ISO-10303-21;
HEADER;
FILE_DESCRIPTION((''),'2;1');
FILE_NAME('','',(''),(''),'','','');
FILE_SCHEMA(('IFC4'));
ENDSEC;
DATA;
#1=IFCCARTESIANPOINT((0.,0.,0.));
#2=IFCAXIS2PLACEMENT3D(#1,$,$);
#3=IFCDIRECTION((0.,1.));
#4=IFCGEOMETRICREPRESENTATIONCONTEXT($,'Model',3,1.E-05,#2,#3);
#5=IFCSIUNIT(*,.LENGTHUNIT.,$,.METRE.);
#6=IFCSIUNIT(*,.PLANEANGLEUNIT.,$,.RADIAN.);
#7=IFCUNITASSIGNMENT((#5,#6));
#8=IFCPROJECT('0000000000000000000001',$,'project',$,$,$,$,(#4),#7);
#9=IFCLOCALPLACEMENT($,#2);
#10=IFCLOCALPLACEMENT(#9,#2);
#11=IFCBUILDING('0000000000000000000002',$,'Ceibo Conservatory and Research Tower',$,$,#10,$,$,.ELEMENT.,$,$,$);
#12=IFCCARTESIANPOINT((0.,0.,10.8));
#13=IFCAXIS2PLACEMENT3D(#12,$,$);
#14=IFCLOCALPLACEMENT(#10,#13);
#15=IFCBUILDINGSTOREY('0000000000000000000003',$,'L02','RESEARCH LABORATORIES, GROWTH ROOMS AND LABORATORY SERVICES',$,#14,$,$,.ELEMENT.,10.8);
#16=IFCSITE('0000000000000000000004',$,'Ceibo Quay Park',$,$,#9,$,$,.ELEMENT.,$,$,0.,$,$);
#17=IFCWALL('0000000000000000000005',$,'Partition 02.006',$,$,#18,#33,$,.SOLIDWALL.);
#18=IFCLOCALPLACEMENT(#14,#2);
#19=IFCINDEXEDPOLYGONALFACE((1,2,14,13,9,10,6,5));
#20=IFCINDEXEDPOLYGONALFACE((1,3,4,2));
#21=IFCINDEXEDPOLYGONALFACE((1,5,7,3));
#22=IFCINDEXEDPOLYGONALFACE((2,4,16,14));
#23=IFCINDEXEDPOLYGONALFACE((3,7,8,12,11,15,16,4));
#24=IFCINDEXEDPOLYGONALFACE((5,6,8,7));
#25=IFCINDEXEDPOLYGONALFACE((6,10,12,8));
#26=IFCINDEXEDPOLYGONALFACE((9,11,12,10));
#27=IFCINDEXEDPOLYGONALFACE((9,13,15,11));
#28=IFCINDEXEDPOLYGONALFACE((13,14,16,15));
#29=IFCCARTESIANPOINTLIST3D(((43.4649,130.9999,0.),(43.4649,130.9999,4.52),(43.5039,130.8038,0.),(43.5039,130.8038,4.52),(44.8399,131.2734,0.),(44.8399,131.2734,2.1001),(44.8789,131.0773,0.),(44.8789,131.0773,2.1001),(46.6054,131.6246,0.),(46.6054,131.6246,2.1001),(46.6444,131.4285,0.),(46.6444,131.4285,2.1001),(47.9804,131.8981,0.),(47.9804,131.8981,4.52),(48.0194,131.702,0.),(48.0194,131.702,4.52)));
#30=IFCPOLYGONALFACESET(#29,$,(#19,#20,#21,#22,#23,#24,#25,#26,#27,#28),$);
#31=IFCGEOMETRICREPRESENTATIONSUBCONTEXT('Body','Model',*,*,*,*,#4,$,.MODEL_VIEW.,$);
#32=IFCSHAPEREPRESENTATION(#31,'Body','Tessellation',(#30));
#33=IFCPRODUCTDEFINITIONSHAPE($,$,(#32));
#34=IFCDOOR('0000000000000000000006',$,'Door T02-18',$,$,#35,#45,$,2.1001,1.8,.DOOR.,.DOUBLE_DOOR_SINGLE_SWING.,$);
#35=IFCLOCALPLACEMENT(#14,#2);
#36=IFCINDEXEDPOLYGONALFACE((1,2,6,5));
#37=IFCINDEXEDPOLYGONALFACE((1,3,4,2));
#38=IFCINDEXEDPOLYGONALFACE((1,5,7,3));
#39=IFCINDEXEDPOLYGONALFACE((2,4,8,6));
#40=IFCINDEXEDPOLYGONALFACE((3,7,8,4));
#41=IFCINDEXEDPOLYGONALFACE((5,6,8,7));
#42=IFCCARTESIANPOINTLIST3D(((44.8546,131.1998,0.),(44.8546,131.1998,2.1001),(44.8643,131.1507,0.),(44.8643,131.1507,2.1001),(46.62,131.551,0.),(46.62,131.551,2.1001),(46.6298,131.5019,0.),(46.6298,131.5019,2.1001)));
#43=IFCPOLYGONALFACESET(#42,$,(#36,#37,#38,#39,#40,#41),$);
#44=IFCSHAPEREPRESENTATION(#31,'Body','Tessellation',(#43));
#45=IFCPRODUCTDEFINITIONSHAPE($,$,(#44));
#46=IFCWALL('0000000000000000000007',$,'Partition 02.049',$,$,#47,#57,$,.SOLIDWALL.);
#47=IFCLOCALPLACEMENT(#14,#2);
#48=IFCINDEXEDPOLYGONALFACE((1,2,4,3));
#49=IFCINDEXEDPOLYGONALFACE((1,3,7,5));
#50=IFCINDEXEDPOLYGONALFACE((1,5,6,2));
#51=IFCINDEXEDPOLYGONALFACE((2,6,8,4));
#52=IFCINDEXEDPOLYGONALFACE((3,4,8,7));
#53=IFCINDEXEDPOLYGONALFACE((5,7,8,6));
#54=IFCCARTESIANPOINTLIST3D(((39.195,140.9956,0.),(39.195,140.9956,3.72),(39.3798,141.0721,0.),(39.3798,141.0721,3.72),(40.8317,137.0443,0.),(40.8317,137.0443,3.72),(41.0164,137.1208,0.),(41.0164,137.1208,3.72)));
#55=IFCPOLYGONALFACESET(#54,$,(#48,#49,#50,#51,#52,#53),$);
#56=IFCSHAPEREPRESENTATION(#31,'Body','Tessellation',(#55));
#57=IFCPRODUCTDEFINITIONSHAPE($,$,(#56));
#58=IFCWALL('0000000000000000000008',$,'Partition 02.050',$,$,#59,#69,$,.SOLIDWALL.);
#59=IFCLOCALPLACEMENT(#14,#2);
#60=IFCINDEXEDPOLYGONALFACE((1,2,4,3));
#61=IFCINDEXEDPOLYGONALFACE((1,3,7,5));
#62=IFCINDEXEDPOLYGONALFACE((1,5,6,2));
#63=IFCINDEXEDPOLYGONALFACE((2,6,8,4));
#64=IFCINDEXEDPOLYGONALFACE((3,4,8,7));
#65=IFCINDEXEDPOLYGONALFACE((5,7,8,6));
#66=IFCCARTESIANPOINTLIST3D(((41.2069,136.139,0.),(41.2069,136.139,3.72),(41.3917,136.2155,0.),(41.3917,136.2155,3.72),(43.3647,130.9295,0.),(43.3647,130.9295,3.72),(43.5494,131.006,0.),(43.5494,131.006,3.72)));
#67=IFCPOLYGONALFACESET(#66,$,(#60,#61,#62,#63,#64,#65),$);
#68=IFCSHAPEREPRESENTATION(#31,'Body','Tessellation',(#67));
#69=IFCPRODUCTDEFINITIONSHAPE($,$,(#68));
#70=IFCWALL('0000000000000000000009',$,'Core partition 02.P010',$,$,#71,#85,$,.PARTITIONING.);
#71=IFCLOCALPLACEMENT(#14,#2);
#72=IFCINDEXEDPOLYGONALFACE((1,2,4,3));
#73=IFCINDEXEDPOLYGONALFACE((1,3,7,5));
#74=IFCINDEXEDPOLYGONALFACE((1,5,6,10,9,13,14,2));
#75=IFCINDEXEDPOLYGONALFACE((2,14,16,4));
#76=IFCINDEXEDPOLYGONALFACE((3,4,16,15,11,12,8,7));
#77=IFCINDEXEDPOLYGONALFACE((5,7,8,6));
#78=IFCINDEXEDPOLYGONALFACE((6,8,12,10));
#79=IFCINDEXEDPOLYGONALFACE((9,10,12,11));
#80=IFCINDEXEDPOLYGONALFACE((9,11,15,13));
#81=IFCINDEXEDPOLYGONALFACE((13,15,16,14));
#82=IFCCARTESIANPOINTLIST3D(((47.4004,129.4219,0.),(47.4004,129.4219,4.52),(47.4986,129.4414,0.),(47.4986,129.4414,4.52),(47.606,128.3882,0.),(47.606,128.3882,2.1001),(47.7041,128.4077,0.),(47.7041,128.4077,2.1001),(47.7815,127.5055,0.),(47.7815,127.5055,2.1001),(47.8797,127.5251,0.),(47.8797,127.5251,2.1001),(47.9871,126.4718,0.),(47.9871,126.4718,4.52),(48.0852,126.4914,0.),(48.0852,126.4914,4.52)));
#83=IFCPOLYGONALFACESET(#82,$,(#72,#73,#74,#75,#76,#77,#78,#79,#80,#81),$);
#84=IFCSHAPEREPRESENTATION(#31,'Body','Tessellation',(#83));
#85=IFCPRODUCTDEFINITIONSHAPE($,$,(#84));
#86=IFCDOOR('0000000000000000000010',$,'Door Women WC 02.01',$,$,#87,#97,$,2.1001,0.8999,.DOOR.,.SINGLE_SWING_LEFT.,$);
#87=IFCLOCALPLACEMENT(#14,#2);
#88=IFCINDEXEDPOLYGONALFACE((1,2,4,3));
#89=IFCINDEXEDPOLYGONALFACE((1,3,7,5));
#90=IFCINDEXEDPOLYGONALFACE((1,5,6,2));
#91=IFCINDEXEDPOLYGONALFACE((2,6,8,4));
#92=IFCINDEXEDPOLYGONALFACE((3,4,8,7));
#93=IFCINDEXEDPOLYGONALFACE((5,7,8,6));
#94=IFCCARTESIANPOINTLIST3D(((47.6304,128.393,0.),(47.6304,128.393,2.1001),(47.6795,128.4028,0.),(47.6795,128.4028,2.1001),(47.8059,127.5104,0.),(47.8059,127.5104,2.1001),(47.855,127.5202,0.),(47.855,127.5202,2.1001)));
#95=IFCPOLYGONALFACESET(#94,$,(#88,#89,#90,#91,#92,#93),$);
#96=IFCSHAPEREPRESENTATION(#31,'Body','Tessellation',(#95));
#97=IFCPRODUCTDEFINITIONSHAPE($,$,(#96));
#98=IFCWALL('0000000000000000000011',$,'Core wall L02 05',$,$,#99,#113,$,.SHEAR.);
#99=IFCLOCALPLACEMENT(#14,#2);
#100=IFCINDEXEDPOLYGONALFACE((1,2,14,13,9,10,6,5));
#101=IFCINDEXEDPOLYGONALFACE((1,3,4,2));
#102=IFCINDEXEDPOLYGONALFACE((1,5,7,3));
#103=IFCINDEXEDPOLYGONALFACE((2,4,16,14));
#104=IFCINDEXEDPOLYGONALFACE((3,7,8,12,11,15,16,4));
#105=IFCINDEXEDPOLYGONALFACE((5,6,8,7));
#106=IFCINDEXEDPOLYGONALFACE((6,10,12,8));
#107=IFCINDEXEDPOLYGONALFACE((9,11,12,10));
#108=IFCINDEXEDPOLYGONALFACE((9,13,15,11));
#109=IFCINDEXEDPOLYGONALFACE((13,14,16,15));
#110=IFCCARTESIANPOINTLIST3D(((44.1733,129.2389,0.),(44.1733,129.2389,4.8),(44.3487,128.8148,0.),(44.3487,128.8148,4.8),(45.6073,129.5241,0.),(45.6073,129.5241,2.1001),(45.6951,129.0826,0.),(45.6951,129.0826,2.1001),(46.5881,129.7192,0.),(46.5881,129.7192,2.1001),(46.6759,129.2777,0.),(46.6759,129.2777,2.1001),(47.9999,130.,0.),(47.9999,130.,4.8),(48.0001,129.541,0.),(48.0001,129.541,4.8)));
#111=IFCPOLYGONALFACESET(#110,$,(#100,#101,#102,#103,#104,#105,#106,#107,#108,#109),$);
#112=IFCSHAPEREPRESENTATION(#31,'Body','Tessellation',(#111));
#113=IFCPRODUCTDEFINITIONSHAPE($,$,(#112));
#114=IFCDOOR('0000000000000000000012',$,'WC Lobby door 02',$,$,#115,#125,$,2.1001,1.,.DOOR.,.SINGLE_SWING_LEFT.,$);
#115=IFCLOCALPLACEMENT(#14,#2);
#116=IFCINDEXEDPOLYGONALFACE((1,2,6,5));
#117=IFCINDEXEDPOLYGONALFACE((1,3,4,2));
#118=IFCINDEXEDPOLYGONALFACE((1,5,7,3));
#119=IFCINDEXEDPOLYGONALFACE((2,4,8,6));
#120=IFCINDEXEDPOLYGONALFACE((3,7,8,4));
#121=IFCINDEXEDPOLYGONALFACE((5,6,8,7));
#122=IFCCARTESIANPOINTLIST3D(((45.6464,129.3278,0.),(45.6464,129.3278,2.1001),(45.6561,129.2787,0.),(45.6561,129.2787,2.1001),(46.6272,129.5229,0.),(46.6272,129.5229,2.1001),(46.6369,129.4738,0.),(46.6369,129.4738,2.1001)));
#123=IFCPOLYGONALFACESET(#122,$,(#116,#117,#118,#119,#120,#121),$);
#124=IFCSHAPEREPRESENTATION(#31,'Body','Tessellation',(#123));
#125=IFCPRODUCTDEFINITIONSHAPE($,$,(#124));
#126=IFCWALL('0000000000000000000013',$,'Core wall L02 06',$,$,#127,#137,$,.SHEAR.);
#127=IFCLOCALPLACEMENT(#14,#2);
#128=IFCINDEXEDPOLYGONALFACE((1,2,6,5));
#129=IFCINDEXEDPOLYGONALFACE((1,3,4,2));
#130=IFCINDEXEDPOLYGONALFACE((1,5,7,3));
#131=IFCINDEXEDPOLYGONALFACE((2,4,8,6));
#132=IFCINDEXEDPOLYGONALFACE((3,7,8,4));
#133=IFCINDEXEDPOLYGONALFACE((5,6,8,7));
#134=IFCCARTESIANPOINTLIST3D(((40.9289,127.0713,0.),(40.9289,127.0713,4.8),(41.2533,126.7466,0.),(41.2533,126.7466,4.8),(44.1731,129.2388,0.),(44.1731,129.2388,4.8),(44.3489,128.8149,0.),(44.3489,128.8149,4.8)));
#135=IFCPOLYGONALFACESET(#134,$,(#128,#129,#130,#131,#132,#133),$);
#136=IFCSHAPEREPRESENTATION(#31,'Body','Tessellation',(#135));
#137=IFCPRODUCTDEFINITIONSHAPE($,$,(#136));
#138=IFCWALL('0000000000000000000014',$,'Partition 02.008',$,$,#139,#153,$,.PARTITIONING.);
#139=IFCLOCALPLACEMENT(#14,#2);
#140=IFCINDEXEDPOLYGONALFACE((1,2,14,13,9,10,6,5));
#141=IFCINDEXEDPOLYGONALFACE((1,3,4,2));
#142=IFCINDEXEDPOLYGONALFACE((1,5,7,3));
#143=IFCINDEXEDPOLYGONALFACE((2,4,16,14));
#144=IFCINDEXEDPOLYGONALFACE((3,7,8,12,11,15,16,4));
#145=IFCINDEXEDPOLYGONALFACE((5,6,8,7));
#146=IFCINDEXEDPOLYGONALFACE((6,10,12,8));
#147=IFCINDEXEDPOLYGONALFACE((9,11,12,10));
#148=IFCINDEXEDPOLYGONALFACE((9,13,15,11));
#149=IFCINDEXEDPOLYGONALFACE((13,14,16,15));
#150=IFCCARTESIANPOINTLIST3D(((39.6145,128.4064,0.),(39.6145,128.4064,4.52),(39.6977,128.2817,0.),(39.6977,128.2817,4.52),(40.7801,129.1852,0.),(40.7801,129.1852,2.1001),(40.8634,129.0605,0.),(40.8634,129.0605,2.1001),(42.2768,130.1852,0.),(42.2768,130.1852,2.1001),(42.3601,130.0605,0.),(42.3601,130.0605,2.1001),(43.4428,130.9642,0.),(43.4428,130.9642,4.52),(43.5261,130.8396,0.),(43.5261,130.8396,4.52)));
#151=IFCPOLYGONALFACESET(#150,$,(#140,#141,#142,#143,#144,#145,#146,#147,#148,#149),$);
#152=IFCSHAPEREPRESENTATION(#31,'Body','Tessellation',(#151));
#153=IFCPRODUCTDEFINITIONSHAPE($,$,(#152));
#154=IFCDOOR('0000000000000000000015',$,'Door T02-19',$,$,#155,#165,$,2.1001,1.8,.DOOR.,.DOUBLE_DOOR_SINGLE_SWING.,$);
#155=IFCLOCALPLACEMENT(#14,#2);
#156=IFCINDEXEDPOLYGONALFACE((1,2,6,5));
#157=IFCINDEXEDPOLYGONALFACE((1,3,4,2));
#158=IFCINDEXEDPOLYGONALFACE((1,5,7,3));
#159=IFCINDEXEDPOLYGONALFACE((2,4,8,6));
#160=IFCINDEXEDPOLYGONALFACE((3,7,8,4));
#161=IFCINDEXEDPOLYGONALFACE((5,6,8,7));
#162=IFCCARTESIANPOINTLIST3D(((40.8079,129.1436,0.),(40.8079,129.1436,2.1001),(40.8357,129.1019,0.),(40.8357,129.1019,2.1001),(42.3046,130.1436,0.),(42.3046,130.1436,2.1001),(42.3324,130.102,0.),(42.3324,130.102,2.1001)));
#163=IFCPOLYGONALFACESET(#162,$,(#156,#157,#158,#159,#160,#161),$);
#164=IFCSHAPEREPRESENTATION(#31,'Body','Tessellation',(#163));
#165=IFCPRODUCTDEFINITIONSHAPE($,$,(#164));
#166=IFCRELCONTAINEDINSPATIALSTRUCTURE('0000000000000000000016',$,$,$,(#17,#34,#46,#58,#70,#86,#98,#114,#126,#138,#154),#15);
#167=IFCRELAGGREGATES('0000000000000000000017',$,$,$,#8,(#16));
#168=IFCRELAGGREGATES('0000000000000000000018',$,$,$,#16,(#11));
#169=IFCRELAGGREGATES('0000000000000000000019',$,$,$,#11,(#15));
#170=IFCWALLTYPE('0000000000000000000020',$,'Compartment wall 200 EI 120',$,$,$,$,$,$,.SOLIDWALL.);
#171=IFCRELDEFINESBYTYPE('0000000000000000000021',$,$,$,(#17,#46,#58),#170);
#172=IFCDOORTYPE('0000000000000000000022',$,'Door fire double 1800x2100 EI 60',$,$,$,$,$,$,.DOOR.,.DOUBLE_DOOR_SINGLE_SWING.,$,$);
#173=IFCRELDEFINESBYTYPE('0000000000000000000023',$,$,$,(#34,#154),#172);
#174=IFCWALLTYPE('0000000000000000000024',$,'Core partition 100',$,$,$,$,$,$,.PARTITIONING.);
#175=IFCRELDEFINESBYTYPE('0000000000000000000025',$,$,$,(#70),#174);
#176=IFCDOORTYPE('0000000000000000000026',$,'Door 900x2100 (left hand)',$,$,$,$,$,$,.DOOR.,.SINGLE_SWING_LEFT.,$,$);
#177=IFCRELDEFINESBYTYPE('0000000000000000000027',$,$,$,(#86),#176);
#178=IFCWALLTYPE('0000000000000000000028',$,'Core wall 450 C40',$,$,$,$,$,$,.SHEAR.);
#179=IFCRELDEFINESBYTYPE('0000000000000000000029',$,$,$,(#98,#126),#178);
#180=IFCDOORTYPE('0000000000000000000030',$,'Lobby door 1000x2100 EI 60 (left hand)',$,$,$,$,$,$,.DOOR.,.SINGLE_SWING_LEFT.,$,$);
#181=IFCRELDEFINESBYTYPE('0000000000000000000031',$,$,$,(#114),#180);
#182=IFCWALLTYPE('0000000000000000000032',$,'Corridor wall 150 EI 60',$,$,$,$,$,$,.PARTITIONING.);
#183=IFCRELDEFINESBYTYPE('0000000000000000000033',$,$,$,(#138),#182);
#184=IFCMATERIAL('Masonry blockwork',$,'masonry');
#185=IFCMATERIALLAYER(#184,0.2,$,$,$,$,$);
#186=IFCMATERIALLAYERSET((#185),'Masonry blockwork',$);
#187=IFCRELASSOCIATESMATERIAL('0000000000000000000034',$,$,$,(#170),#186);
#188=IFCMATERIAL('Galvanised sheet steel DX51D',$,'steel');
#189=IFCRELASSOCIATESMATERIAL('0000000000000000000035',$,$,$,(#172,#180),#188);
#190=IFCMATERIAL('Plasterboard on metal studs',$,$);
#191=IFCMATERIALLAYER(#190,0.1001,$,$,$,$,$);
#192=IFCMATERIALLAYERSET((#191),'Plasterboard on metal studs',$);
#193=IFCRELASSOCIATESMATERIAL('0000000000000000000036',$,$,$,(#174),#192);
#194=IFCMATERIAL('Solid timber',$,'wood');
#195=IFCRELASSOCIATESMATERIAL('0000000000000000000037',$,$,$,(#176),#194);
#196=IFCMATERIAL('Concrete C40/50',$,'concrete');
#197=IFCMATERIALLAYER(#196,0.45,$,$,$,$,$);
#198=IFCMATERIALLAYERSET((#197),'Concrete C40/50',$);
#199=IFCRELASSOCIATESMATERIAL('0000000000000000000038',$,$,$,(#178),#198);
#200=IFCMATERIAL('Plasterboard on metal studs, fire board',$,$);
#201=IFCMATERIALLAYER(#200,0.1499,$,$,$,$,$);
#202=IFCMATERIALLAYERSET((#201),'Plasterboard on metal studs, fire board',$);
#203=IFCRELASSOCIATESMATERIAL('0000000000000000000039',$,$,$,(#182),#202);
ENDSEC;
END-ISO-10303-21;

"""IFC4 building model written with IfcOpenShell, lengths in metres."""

from ifc_helpers import new_model, si_unit, direction, frame, frame_2d, origin, place, context, subcontext, project, spatial, polyline, rectangle, outline, extrude, material, layer, layer_set, type_object, element, fill, save


model = new_model("IFC4")

# Units and contexts
model_context = context("Model", 3, precision=1e-05, world=origin(), true_north=direction((0.0, 1.0)))
body_context = subcontext(model_context, "Body", "Model", "MODEL_VIEW")
ifc_project = project(units=[si_unit("LENGTHUNIT", "METRE"), si_unit("PLANEANGLEUNIT", "RADIAN")], contexts=[model_context])

# Site, building, storey
site_placement = place(None, origin())
site = spatial("IfcSite", under=ifc_project, at=site_placement, Name="Ceibo Quay Park", CompositionType="ELEMENT", RefElevation=0.0)
building_placement = place(site_placement, origin())
building = spatial("IfcBuilding", under=site, at=building_placement, Name="Ceibo Conservatory and Research Tower", CompositionType="ELEMENT")
storey_placement = place(building_placement, frame((0.0, 0.0, 10.8)))
storey = spatial("IfcBuildingStorey", under=building, at=storey_placement, Name="L02", Description="RESEARCH LABORATORIES, GROWTH ROOMS AND LABORATORY SERVICES", CompositionType="ELEMENT", Elevation=10.8)

# Shared definitions
ifc_material_1 = material(Name="Concrete C40/50", Category="concrete")

# Wall, opening, door
ifc_material_2 = material(Name="Masonry blockwork", Category="masonry")
ifc_layer_1 = layer(ifc_material_2, 0.2)
ifc_layer_set_1 = layer_set([ifc_layer_1], Name="Masonry blockwork")
wall_type_1 = type_object("IfcWallType", Name="Compartment wall 200 EI 120", PredefinedType="SOLIDWALL", material=ifc_layer_set_1)
wall_1_placement = place(storey_placement, frame((43.4844, 130.9019, 0.0), z_axis=(0.0, 0.0, 1.0), x_axis=(0.980786, 0.195086, 0.0)))
wall_1 = element("IfcWall", 1, at=wall_1_placement, inside=storey, type_object=wall_type_1, Name="Partition 02.006", PredefinedType="SOLIDWALL", context=body_context, shape_type="SweptSolid", body=[
    extrude(rectangle(XDim=4.604, YDim=0.2, at=frame_2d((2.302, 0.0))), origin(), (0.0, 0.0, 1.0), 4.52),
])
opening_1_placement = place(wall_1_placement, frame((1.4021, 0.0, 0.0)))
opening_1 = element("IfcOpeningElement", 2, at=opening_1_placement, cuts=wall_1, PredefinedType="OPENING", context=body_context, shape_type="SweptSolid", body=[
    extrude(rectangle(XDim=1.8, YDim=2.1001, at=frame_2d((0.8999, 1.05))), frame((0.0, 0.1099, 0.0), z_axis=(0.0, -1.0, 0.0), x_axis=(1.0, 0.0, 0.0)), (0.0, 0.0, 1.0), 0.22),
])
ifc_material_3 = material(Name="Galvanised sheet steel DX51D", Category="steel")
door_type_1 = type_object("IfcDoorType", Name="Door fire double 1800x2100 EI 60", OperationType="DOUBLE_DOOR_SINGLE_SWING", PredefinedType="DOOR", material=ifc_material_3)
door_1_placement = place(opening_1_placement, origin())
door_1 = element("IfcDoor", 3, at=door_1_placement, inside=storey, type_object=door_type_1, Name="Door T02-18", OperationType="DOUBLE_DOOR_SINGLE_SWING", OverallHeight=2.1001, OverallWidth=1.8, PredefinedType="DOOR", context=body_context, shape_type="SweptSolid", body=[
    extrude(rectangle(XDim=1.8, YDim=2.1001, at=frame_2d((0.8999, 1.05))), frame((0.0, 0.0249, 0.0), z_axis=(0.0, -1.0, 0.0), x_axis=(1.0, 0.0, 0.0)), (0.0, 0.0, 1.0), 0.05),
])
fill(opening_1, door_1)

# Walls
wall_2_placement = place(storey_placement, frame((40.9241, 137.0825, 0.0), z_axis=(0.0, 0.0, 1.0), x_axis=(-0.382681, 0.92388, 0.0)))
element("IfcWall", 4, at=wall_2_placement, inside=storey, type_object=wall_type_1, Name="Partition 02.049", PredefinedType="SOLIDWALL", context=body_context, shape_type="SweptSolid", body=[
    extrude(rectangle(XDim=4.2769, YDim=0.2, at=frame_2d((2.1384, 0.0))), origin(), (0.0, 0.0, 1.0), 3.72),
])
wall_3_placement = place(storey_placement, frame((43.457, 130.9678, 0.0), z_axis=(0.0, 0.0, 1.0), x_axis=(-0.382665, 0.923887, 0.0)))
element("IfcWall", 5, at=wall_3_placement, inside=storey, type_object=wall_type_1, Name="Partition 02.050", PredefinedType="SOLIDWALL", context=body_context, shape_type="SweptSolid", body=[
    extrude(rectangle(XDim=5.6387, YDim=0.2, at=frame_2d((2.8193, 0.0))), origin(), (0.0, 0.0, 1.0), 3.72),
])

# Walls, openings, doors
ifc_material_4 = material(Name="Plasterboard on metal studs")
ifc_layer_2 = layer(ifc_material_4, 0.1001)
ifc_layer_set_2 = layer_set([ifc_layer_2], Name="Plasterboard on metal studs")
wall_type_2 = type_object("IfcWallType", Name="Core partition 100", PredefinedType="PARTITIONING", material=ifc_layer_set_2)
wall_4_placement = place(storey_placement, frame((47.4495, 129.4316, 0.0), z_axis=(0.0, 0.0, 1.0), x_axis=(0.195055, -0.980792, 0.0)))
wall_4 = element("IfcWall", 6, at=wall_4_placement, inside=storey, type_object=wall_type_2, Name="Core partition 02.P010", PredefinedType="PARTITIONING", context=body_context, shape_type="SweptSolid", body=[
    extrude(rectangle(XDim=3.0078, YDim=0.1001, at=frame_2d((1.5039, 0.0))), origin(), (0.0, 0.0, 1.0), 4.52),
])
opening_2_placement = place(wall_4_placement, frame((1.054, 0.0, 0.0)))
opening_2 = element("IfcOpeningElement", 7, at=opening_2_placement, cuts=wall_4, PredefinedType="OPENING", context=body_context, shape_type="SweptSolid", body=[
    extrude(rectangle(XDim=0.8999, YDim=2.1001, at=frame_2d((0.45, 1.05))), frame((0.0, 0.0601, 0.0), z_axis=(0.0, -1.0, 0.0), x_axis=(1.0, 0.0, 0.0)), (0.0, 0.0, 1.0), 0.1201),
])
ifc_material_5 = material(Name="Solid timber", Category="wood")
door_type_2 = type_object("IfcDoorType", Name="Door 900x2100 (left hand)", OperationType="SINGLE_SWING_LEFT", PredefinedType="DOOR", material=ifc_material_5)
door_2_placement = place(opening_2_placement, origin())
door_2 = element("IfcDoor", 8, at=door_2_placement, inside=storey, type_object=door_type_2, Name="Door Women WC 02.01", OperationType="SINGLE_SWING_LEFT", OverallHeight=2.1001, OverallWidth=0.8999, PredefinedType="DOOR", context=body_context, shape_type="SweptSolid", body=[
    extrude(rectangle(XDim=0.8999, YDim=2.1001, at=frame_2d((0.45, 1.05))), frame((0.0, 0.0249, 0.0), z_axis=(0.0, -1.0, 0.0), x_axis=(1.0, 0.0, 0.0)), (0.0, 0.0, 1.0), 0.05),
])
fill(opening_2, door_2)
ifc_layer_3 = layer(ifc_material_1, 0.45)
ifc_layer_set_3 = layer_set([ifc_layer_3], Name="Concrete C40/50")
wall_type_3 = type_object("IfcWallType", Name="Core wall 450 C40", PredefinedType="SHEAR", material=ifc_layer_set_3)
wall_5_placement = place(storey_placement, frame((48.0, 129.7705, 0.0), z_axis=(0.0, 0.0, 1.0), x_axis=(-0.980789, -0.195069, 0.0)))
wall_5 = element("IfcWall", 9, at=wall_5_placement, inside=storey, type_object=wall_type_3, Name="Core wall L02 05", PredefinedType="SHEAR", context=body_context, shape_type="SweptSolid", body=[
    extrude(outline(polyline([(-0.0447, -0.2251), (3.8569, -0.2251), (3.7676, 0.2251), (0.0447, 0.2251), (-0.0447, -0.2251)])), origin(), (0.0, 0.0, 1.0), 4.8),
])
opening_3_placement = place(wall_5_placement, frame((1.3948, 0.0, 0.0)))
opening_3 = element("IfcOpeningElement", 10, at=opening_3_placement, cuts=wall_5, PredefinedType="OPENING", context=body_context, shape_type="SweptSolid", body=[
    extrude(rectangle(XDim=1.0, YDim=2.1001, at=frame_2d((0.5, 1.05))), frame((0.0, 0.2349, 0.0), z_axis=(0.0, -1.0, 0.0), x_axis=(1.0, 0.0, 0.0)), (0.0, 0.0, 1.0), 0.47),
])
door_type_3 = type_object("IfcDoorType", Name="Lobby door 1000x2100 EI 60 (left hand)", OperationType="SINGLE_SWING_LEFT", PredefinedType="DOOR", material=ifc_material_3)
door_3_placement = place(opening_3_placement, frame((1.0, 0.0, 0.0), z_axis=(0.0, 0.0, 1.0), x_axis=(-1.0, 0.0, 0.0)))
door_3 = element("IfcDoor", 11, at=door_3_placement, inside=storey, type_object=door_type_3, Name="WC Lobby door 02", OperationType="SINGLE_SWING_LEFT", OverallHeight=2.1001, OverallWidth=1.0, PredefinedType="DOOR", context=body_context, shape_type="SweptSolid", body=[
    extrude(rectangle(XDim=1.0, YDim=2.1001, at=frame_2d((0.5, 1.05))), frame((0.0, 0.0249, 0.0), z_axis=(0.0, -1.0, 0.0), x_axis=(1.0, 0.0, 0.0)), (0.0, 0.0, 1.0), 0.05),
])
fill(opening_3, door_3)

# Wall
wall_6_placement = place(storey_placement, frame((44.261, 129.0269, 0.0), z_axis=(0.0, 0.0, 1.0), x_axis=(-0.831488, -0.555542, 0.0)))
element("IfcWall", 12, at=wall_6_placement, inside=storey, type_object=wall_type_3, Name="Core wall L02 06", PredefinedType="SHEAR", context=body_context, shape_type="SweptSolid", body=[
    extrude(outline(polyline([(-0.0447, -0.2251), (3.8569, -0.2251), (3.7676, 0.2251), (0.0447, 0.2251), (-0.0447, -0.2251)])), origin(), (0.0, 0.0, 1.0), 4.8),
])

# Wall, opening, door
ifc_material_6 = material(Name="Plasterboard on metal studs, fire board")
ifc_layer_4 = layer(ifc_material_6, 0.1499)
ifc_layer_set_4 = layer_set([ifc_layer_4], Name="Plasterboard on metal studs, fire board")
wall_type_4 = type_object("IfcWallType", Name="Corridor wall 150 EI 60", PredefinedType="PARTITIONING", material=ifc_layer_set_4)
wall_7_placement = place(storey_placement, frame((39.656, 128.344, 0.0), z_axis=(0.0, 0.0, 1.0), x_axis=(0.831487, 0.555544, 0.0)))
wall_7 = element("IfcWall", 13, at=wall_7_placement, inside=storey, type_object=wall_type_4, Name="Partition 02.008", PredefinedType="PARTITIONING", context=body_context, shape_type="SweptSolid", body=[
    extrude(rectangle(XDim=4.6042, YDim=0.1499, at=frame_2d((2.3022, 0.0))), origin(), (0.0, 0.0, 1.0), 4.52),
])
opening_4_placement = place(wall_7_placement, frame((1.4021, 0.0, 0.0)))
opening_4 = element("IfcOpeningElement", 14, at=opening_4_placement, cuts=wall_7, PredefinedType="OPENING", context=body_context, shape_type="SweptSolid", body=[
    extrude(rectangle(XDim=1.8, YDim=2.1001, at=frame_2d((0.8999, 1.05))), frame((0.0, 0.085, 0.0), z_axis=(0.0, -1.0, 0.0), x_axis=(1.0, 0.0, 0.0)), (0.0, 0.0, 1.0), 0.1699),
])
door_4_placement = place(opening_4_placement, origin())
door_4 = element("IfcDoor", 15, at=door_4_placement, inside=storey, type_object=door_type_1, Name="Door T02-19", OperationType="DOUBLE_DOOR_SINGLE_SWING", OverallHeight=2.1001, OverallWidth=1.8, PredefinedType="DOOR", context=body_context, shape_type="SweptSolid", body=[
    extrude(rectangle(XDim=1.8, YDim=2.1001, at=frame_2d((0.8999, 1.05))), frame((0.0, 0.0249, 0.0), z_axis=(0.0, -1.0, 0.0), x_axis=(1.0, 0.0, 0.0)), (0.0, 0.0, 1.0), 0.05),
])
fill(opening_4, door_4)

save(model, "model.ifc")
